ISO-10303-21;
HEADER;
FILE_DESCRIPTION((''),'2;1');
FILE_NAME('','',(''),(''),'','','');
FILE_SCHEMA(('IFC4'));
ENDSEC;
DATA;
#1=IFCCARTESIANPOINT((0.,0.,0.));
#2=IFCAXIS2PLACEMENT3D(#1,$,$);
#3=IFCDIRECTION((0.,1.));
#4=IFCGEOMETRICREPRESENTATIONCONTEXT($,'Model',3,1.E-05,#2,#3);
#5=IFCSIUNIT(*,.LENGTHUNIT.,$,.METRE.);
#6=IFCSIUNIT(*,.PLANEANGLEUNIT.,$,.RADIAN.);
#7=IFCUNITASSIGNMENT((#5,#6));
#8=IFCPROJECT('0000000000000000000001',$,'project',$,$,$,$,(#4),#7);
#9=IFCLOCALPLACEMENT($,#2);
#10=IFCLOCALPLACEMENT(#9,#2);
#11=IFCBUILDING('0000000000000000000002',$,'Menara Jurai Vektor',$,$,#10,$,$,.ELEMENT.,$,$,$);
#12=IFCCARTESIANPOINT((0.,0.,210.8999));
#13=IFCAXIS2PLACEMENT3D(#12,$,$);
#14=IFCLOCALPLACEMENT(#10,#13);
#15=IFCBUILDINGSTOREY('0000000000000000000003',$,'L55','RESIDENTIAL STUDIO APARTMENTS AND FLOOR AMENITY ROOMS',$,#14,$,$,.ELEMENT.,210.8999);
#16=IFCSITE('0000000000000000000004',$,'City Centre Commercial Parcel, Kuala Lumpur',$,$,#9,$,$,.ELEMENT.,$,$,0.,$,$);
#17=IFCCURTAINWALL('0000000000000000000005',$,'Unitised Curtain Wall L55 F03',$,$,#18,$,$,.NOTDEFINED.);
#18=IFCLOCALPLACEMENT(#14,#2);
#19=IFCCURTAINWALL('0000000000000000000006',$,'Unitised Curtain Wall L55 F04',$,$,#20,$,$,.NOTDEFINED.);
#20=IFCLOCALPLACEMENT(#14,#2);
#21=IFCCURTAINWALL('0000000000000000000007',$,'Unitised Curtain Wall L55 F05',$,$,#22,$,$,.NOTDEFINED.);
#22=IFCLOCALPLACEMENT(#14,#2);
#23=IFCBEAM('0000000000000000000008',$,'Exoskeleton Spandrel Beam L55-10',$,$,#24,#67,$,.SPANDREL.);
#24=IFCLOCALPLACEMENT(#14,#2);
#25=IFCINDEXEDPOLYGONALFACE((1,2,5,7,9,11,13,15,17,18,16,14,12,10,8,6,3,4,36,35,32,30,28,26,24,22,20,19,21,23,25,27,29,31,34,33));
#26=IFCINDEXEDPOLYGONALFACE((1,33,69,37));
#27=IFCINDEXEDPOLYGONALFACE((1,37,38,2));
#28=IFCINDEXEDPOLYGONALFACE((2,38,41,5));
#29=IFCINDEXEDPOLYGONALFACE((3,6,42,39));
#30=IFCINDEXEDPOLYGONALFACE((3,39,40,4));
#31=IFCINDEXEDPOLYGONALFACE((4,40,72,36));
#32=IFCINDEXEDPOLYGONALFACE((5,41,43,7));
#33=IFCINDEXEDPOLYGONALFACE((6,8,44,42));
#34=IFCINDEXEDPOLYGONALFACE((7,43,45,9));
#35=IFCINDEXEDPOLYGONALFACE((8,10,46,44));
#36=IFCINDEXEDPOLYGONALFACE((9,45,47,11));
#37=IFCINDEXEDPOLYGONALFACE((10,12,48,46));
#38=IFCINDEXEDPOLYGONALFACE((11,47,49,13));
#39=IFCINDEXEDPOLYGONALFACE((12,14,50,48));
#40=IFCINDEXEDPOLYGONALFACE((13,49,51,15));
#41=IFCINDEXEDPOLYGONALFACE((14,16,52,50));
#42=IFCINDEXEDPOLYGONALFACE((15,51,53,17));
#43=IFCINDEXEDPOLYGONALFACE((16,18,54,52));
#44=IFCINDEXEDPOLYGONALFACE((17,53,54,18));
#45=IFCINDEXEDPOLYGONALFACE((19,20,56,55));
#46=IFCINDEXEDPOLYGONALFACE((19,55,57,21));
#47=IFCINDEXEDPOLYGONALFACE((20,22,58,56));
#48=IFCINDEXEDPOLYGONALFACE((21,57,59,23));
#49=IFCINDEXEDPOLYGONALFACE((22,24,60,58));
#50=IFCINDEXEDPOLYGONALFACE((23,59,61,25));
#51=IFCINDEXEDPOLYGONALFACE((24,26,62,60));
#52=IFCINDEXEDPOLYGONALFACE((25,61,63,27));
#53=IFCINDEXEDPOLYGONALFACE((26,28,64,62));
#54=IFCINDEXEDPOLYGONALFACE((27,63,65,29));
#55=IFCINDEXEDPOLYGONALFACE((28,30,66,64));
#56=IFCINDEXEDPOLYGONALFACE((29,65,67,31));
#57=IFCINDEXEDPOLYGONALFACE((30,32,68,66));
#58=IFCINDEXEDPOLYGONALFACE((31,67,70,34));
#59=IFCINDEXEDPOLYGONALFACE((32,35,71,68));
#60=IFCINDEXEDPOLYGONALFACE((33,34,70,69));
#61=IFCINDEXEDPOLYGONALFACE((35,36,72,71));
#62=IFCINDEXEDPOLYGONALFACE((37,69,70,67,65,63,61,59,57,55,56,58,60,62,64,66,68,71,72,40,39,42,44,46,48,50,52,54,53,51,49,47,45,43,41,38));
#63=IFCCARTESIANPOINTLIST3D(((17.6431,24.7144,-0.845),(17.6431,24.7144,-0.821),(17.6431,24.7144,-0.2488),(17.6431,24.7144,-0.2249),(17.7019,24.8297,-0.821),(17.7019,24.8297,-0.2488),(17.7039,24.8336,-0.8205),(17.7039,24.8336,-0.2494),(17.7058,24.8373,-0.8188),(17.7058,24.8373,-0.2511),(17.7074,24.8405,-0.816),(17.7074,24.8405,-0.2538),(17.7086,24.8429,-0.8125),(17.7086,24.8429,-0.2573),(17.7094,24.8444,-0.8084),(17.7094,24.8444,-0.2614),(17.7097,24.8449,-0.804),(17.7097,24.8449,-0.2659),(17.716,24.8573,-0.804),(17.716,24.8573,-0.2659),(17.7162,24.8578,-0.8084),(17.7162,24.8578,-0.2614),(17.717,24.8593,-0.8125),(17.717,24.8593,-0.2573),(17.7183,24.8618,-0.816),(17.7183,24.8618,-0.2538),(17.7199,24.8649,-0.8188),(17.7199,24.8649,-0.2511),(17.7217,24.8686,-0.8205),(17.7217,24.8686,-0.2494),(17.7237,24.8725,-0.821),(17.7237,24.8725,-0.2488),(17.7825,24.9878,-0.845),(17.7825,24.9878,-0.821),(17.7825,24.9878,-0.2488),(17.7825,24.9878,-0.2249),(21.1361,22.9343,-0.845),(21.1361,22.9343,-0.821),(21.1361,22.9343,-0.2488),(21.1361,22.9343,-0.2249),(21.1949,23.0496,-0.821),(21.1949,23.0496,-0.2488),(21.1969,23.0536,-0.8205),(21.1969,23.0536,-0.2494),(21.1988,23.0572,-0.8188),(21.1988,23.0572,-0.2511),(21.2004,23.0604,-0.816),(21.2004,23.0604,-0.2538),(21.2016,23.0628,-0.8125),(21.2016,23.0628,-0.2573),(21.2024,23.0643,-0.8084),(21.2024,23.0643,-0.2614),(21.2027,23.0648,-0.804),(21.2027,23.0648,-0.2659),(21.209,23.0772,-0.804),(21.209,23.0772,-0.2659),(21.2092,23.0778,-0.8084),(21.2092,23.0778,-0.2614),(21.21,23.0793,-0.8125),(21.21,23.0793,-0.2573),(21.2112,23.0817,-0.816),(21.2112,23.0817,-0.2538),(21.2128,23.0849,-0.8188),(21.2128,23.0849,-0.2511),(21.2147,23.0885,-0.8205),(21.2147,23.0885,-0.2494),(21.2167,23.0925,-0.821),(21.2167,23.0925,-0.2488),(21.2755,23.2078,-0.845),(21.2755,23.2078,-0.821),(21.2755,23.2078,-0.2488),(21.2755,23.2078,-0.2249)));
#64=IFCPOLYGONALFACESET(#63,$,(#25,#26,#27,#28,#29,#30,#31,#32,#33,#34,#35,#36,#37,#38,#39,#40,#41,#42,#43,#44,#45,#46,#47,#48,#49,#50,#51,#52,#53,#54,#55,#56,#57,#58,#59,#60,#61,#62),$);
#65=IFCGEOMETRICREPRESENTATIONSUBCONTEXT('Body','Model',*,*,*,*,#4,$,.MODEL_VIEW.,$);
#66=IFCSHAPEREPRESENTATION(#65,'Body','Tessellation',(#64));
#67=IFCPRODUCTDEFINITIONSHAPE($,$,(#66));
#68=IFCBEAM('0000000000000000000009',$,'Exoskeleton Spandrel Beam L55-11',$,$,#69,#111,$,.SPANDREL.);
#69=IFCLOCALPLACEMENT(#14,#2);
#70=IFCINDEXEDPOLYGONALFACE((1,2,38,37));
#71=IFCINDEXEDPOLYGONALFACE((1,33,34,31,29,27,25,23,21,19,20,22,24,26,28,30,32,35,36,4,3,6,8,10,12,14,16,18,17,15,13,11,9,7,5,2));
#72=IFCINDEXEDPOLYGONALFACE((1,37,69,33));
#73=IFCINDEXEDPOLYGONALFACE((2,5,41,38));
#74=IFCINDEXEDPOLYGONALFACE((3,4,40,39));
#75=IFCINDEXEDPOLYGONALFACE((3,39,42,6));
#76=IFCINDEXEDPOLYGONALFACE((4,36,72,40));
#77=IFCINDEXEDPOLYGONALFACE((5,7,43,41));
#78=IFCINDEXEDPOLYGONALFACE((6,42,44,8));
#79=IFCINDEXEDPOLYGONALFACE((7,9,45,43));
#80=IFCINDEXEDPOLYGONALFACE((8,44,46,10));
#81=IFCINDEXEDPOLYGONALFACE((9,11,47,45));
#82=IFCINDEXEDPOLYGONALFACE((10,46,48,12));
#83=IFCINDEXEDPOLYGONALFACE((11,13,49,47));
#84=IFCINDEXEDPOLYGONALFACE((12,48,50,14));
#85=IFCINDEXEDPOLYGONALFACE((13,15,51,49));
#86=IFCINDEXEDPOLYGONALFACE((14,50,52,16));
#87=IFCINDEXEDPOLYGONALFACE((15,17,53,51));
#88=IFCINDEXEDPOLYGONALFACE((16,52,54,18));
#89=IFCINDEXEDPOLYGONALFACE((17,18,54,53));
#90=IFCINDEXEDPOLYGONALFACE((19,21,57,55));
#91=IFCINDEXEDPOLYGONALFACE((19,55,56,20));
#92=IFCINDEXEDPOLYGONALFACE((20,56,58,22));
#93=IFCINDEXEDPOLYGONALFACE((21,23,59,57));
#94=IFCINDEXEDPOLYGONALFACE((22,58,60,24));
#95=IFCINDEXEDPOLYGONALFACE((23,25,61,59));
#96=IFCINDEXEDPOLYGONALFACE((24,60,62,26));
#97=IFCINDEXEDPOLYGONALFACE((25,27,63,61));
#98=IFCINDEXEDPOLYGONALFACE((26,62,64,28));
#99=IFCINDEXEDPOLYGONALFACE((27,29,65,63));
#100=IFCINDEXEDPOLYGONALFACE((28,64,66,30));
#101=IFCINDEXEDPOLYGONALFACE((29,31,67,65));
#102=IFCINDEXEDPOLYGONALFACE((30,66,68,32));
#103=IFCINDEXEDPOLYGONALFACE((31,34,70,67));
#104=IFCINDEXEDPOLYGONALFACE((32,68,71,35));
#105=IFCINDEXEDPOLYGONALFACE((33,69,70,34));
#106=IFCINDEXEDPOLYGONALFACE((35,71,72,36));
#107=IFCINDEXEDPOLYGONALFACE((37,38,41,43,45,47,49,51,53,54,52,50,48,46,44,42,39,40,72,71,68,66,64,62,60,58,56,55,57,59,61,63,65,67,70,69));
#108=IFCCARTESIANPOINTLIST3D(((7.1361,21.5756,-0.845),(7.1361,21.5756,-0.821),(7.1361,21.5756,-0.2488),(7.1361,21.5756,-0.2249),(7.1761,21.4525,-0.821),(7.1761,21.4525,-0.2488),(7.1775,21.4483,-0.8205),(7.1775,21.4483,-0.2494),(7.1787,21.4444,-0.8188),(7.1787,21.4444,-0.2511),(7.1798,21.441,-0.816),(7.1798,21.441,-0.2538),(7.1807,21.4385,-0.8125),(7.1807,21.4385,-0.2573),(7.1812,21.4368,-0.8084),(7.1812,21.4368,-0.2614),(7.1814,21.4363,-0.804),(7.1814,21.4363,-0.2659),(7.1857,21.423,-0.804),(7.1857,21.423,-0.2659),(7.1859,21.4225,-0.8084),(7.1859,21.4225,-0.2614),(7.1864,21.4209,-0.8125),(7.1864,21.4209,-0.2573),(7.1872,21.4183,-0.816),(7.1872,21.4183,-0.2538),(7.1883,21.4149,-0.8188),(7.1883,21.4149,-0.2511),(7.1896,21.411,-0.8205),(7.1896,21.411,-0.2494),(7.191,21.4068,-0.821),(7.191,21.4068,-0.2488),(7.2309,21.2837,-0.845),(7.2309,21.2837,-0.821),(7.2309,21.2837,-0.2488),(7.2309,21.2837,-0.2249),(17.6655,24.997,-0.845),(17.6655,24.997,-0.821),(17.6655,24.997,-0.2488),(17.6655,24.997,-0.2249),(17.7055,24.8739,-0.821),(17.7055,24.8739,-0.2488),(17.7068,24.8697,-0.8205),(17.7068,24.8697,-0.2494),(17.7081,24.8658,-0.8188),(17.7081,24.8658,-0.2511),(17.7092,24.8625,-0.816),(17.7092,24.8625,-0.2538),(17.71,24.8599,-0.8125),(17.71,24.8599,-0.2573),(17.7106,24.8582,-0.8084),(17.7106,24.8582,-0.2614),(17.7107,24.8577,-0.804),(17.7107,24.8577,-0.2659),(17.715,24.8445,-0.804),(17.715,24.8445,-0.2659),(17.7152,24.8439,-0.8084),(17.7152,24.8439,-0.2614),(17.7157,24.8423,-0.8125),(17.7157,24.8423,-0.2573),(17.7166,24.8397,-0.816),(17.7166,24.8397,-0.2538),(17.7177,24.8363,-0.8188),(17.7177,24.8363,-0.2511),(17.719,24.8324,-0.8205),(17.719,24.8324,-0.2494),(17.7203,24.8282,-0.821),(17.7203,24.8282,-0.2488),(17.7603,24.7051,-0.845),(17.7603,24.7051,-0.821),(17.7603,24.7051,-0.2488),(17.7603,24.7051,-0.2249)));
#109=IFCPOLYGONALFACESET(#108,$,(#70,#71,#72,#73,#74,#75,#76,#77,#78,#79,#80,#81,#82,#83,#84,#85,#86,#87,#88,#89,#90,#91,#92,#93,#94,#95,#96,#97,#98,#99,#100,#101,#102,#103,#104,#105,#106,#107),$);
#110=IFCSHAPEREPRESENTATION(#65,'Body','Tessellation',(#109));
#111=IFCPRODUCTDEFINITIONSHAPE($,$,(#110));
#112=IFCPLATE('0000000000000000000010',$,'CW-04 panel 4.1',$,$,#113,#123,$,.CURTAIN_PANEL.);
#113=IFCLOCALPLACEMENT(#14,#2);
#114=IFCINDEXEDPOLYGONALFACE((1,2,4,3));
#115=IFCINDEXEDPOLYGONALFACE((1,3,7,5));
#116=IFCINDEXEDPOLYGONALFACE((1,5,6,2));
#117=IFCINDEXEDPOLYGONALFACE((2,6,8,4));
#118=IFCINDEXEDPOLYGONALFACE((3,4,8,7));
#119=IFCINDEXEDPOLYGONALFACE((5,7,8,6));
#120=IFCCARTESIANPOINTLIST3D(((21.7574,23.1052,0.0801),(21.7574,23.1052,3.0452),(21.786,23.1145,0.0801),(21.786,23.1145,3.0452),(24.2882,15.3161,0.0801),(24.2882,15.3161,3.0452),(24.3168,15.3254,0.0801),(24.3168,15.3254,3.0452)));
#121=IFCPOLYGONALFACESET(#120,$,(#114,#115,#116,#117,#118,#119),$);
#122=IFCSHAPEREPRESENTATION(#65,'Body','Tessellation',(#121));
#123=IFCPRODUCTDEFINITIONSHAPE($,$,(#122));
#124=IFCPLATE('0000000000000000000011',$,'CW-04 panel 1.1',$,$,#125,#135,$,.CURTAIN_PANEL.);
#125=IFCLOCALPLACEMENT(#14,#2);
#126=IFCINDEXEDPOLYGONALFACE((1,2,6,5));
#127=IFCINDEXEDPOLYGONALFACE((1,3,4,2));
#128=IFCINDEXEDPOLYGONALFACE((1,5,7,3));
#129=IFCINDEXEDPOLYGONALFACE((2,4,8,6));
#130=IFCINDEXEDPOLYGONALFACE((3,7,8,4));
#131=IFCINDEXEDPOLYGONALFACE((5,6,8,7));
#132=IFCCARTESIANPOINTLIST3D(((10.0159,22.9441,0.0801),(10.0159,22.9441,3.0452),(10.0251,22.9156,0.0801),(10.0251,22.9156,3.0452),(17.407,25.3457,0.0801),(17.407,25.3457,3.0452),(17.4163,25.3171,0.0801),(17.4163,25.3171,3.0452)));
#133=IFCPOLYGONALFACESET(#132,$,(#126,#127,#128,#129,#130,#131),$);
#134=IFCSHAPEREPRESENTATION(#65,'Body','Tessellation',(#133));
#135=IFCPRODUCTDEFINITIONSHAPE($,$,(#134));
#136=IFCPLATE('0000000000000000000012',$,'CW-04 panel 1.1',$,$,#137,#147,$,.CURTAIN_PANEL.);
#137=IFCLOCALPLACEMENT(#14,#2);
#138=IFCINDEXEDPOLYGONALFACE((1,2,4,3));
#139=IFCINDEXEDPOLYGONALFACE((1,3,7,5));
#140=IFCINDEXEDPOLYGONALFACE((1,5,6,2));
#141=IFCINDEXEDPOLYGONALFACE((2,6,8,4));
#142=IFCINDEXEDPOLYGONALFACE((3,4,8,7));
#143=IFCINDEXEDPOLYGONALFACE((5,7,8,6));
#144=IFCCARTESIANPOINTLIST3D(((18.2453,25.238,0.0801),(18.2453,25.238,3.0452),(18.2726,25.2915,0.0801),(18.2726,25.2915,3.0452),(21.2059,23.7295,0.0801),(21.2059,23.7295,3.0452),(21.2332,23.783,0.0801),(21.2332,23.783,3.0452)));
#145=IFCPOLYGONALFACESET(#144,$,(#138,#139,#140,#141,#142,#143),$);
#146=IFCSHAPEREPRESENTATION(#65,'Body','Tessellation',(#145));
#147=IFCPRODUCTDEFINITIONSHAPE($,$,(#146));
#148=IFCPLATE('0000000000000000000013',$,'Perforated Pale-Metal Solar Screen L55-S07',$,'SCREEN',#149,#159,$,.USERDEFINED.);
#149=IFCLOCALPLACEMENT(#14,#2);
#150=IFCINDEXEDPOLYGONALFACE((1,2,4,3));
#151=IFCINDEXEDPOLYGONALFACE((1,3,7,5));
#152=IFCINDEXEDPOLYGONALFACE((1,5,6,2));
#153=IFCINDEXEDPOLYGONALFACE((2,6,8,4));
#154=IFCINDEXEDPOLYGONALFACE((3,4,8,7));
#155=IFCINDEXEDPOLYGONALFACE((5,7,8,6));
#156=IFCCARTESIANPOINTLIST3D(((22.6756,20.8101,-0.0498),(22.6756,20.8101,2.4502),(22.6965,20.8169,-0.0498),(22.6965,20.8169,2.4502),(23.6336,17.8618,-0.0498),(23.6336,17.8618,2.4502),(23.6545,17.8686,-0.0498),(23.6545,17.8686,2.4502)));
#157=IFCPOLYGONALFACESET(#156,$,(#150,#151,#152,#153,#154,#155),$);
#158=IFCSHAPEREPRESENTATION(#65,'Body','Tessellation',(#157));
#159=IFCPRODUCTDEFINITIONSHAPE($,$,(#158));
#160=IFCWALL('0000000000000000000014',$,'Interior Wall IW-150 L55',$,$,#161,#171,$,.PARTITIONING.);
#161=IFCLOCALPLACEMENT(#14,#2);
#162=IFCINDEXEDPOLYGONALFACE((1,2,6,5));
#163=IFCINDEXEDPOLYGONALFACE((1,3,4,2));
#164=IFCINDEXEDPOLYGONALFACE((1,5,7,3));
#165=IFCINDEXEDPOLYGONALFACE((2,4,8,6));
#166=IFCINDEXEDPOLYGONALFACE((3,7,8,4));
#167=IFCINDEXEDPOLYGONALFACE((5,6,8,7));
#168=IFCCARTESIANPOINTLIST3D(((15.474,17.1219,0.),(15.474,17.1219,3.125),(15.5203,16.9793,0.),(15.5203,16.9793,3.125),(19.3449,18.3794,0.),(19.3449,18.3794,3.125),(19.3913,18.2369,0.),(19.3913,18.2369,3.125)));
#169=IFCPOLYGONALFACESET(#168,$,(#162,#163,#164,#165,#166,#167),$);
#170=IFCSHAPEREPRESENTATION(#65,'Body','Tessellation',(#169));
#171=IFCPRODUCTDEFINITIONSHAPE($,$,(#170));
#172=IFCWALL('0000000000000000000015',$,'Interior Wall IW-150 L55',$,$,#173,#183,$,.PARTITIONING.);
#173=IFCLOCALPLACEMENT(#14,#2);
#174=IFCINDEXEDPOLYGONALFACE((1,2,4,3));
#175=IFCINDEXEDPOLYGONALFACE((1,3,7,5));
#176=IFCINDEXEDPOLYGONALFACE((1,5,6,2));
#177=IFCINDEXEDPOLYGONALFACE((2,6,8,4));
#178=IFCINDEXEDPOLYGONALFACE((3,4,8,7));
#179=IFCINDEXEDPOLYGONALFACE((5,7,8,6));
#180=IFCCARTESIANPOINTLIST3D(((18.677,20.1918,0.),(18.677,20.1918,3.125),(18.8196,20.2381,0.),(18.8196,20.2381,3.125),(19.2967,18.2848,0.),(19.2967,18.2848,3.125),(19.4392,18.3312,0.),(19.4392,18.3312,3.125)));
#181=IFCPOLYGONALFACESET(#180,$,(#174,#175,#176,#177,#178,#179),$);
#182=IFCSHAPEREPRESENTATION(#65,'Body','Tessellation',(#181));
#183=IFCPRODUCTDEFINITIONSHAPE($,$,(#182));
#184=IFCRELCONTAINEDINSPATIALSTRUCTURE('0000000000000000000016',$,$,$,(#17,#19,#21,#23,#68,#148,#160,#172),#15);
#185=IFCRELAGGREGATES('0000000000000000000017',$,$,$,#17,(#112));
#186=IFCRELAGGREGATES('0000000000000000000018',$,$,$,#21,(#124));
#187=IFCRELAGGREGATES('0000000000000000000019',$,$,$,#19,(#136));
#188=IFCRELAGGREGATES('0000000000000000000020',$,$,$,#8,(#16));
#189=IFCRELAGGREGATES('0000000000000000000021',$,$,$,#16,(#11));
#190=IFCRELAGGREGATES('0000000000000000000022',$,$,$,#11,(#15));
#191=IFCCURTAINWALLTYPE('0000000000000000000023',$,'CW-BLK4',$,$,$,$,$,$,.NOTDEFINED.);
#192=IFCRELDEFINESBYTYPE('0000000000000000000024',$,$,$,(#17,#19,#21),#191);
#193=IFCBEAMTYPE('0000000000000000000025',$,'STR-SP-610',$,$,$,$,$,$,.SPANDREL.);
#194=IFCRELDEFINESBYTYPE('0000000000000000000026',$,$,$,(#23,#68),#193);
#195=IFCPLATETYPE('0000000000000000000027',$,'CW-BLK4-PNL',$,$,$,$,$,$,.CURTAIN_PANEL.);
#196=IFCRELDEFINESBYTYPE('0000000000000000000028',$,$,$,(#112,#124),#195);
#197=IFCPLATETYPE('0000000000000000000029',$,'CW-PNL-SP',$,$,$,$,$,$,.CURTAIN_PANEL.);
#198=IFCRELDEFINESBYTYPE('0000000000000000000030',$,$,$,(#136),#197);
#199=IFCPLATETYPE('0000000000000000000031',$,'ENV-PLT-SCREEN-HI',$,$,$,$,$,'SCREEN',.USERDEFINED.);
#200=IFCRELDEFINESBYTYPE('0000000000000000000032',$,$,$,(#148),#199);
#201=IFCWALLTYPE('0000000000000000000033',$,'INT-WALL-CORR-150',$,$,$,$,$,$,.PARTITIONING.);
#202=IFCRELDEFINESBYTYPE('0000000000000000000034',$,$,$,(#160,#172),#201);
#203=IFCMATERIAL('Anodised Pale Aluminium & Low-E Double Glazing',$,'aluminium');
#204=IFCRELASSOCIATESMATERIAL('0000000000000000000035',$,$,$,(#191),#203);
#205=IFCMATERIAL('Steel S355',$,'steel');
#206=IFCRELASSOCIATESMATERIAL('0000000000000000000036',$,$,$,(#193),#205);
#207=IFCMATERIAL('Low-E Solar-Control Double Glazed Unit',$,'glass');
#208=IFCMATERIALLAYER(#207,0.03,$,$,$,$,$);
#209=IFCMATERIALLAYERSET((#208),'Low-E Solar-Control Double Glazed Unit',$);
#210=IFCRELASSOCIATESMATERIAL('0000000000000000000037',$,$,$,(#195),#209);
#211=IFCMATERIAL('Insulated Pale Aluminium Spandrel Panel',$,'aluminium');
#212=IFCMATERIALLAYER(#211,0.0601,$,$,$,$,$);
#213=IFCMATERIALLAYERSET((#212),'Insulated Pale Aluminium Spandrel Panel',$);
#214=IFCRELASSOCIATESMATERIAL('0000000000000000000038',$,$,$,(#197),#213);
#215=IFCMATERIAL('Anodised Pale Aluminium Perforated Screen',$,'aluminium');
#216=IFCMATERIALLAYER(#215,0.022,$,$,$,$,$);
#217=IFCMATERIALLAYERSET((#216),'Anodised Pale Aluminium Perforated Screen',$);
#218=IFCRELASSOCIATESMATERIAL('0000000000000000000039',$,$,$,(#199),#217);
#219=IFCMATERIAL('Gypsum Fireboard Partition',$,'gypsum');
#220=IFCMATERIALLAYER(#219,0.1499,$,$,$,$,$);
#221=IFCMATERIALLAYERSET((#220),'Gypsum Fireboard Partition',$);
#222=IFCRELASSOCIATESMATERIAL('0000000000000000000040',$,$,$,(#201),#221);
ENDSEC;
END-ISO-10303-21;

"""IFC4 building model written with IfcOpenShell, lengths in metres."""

from ifc_helpers import new_model, si_unit, direction, frame, frame_2d, origin, origin_2d, place, context, subcontext, project, spatial, rectangle, i_section, extrude, material, layer, layer_set, material_profile, profile_set, type_object, element, aggregate, save


model = new_model("IFC4")

# Units and contexts
model_context = context("Model", 3, precision=1e-05, world=origin(), true_north=direction((0.0, 1.0)))
body_context = subcontext(model_context, "Body", "Model", "MODEL_VIEW")
ifc_project = project(units=[si_unit("LENGTHUNIT", "METRE"), si_unit("PLANEANGLEUNIT", "RADIAN")], contexts=[model_context])

# Site, building, storey
site_placement = place(None, origin())
site = spatial("IfcSite", under=ifc_project, at=site_placement, Name="City Centre Commercial Parcel, Kuala Lumpur", CompositionType="ELEMENT", RefElevation=0.0)
building_placement = place(site_placement, origin())
building = spatial("IfcBuilding", under=site, at=building_placement, Name="Menara Jurai Vektor", CompositionType="ELEMENT")
storey_placement = place(building_placement, frame((0.0, 0.0, 210.8999)))
storey = spatial("IfcBuildingStorey", under=building, at=storey_placement, Name="L55", Description="RESIDENTIAL STUDIO APARTMENTS AND FLOOR AMENITY ROOMS", CompositionType="ELEMENT", Elevation=210.8999)

# Curtain wall
ifc_material_1 = material(Name="Anodised Pale Aluminium & Low-E Double Glazing", Category="aluminium")
curtain_wall_type = type_object("IfcCurtainWallType", Name="CW-BLK4", PredefinedType="NOTDEFINED", material=ifc_material_1)
curtain_wall_1_placement = place(storey_placement, origin())
curtain_wall_1 = element("IfcCurtainWall", 1, at=curtain_wall_1_placement, inside=storey, type_object=curtain_wall_type, Name="Unitised Curtain Wall L55 F03", PredefinedType="NOTDEFINED")

# Curtain wall
curtain_wall_2_placement = place(storey_placement, origin())
curtain_wall_2 = element("IfcCurtainWall", 2, at=curtain_wall_2_placement, inside=storey, type_object=curtain_wall_type, Name="Unitised Curtain Wall L55 F04", PredefinedType="NOTDEFINED")

# Curtain wall
curtain_wall_3_placement = place(storey_placement, origin())
curtain_wall_3 = element("IfcCurtainWall", 3, at=curtain_wall_3_placement, inside=storey, type_object=curtain_wall_type, Name="Unitised Curtain Wall L55 F05", PredefinedType="NOTDEFINED")

# Shared definitions
ifc_material_2 = material(Name="Steel S355", Category="steel")

# Beams
ifc_material_profile_1 = material_profile(ifc_material_2, i_section(OverallWidth=0.3069, OverallDepth=0.6201, WebThickness=0.0139, FlangeThickness=0.0239, FilletRadius=0.0171, at=origin_2d()), Name="UKB 610x305x179")
ifc_profile_set_1 = profile_set([ifc_material_profile_1], Name="Steel S355")
beam_type_1 = type_object("IfcBeamType", Name="STR-SP-610", PredefinedType="SPANDREL", material=ifc_profile_set_1)
beam_1_placement = place(storey_placement, frame((21.2058, 23.071, -0.5349), z_axis=(-0.890976, 0.454051, 0.0), x_axis=(-0.454051, -0.890976, 0.0)))
element("IfcBeam", 4, at=beam_1_placement, inside=storey, type_object=beam_type_1, Name="Exoskeleton Spandrel Beam L55-10", PredefinedType="SPANDREL", context=body_context, shape_type="SweptSolid", body=[
    extrude(i_section(OverallWidth=0.3069, OverallDepth=0.6201, WebThickness=0.0139, FlangeThickness=0.0239, FilletRadius=0.0171, at=origin_2d()), origin(), (0.0, 0.0, 1.0), 3.9204),
])
beam_2_placement = place(storey_placement, frame((17.7129, 24.8511, -0.5349), z_axis=(-0.951051, -0.309034, 0.0), x_axis=(0.309034, -0.951051, 0.0)))
element("IfcBeam", 5, at=beam_2_placement, inside=storey, type_object=beam_type_1, Name="Exoskeleton Spandrel Beam L55-11", PredefinedType="SPANDREL", context=body_context, shape_type="SweptSolid", body=[
    extrude(i_section(OverallWidth=0.3069, OverallDepth=0.6201, WebThickness=0.0139, FlangeThickness=0.0239, FilletRadius=0.0171, at=origin_2d()), origin(), (0.0, 0.0, 1.0), 11.0713),
])

# Plates
ifc_material_3 = material(Name="Low-E Solar-Control Double Glazed Unit", Category="glass")
ifc_layer_1 = layer(ifc_material_3, 0.03)
ifc_layer_set_1 = layer_set([ifc_layer_1], Name="Low-E Solar-Control Double Glazed Unit")
plate_type_1 = type_object("IfcPlateType", Name="CW-BLK4-PNL", PredefinedType="CURTAIN_PANEL", material=ifc_layer_set_1)
plate_1_placement = place(storey_placement, frame((23.0371, 19.2153, 0.0801), z_axis=(0.0, 0.0, 1.0), x_axis=(-0.309016, 0.951057, 0.0)))
plate_1 = element("IfcPlate", 6, at=plate_1_placement, type_object=plate_type_1, Name="CW-04 panel 4.1", PredefinedType="CURTAIN_PANEL", context=body_context, shape_type="SweptSolid", body=[
    extrude(rectangle(XDim=8.1899, YDim=0.03, at=origin_2d()), origin(), (0.0, 0.0, 1.0), 2.9651),
])
aggregate(curtain_wall_1, [plate_1])
plate_2_placement = place(storey_placement, frame((13.7161, 24.1306, 0.0801), z_axis=(0.0, 0.0, 1.0), x_axis=(-0.951056, -0.309017, 0.0)))
plate_2 = element("IfcPlate", 7, at=plate_2_placement, type_object=plate_type_1, Name="CW-04 panel 1.1", PredefinedType="CURTAIN_PANEL", context=body_context, shape_type="SweptSolid", body=[
    extrude(rectangle(XDim=7.7715, YDim=0.03, at=origin_2d()), origin(), (0.0, 0.0, 1.0), 2.9651),
])
aggregate(curtain_wall_3, [plate_2])
ifc_material_4 = material(Name="Insulated Pale Aluminium Spandrel Panel", Category="aluminium")
ifc_layer_2 = layer(ifc_material_4, 0.0601)
ifc_layer_set_2 = layer_set([ifc_layer_2], Name="Insulated Pale Aluminium Spandrel Panel")
plate_type_2 = type_object("IfcPlateType", Name="CW-PNL-SP", PredefinedType="CURTAIN_PANEL", material=ifc_layer_set_2)
plate_3_placement = place(storey_placement, frame((19.7393, 24.5105, 0.0801), z_axis=(0.0, 0.0, 1.0), x_axis=(-0.891008, 0.453989, 0.0)))
plate_3 = element("IfcPlate", 8, at=plate_3_placement, type_object=plate_type_2, Name="CW-04 panel 1.1", PredefinedType="CURTAIN_PANEL", context=body_context, shape_type="SweptSolid", body=[
    extrude(rectangle(XDim=3.3228, YDim=0.0601, at=origin_2d()), origin(), (0.0, 0.0, 1.0), 2.9651),
])
aggregate(curtain_wall_2, [plate_3])
ifc_material_5 = material(Name="Anodised Pale Aluminium Perforated Screen", Category="aluminium")
ifc_layer_3 = layer(ifc_material_5, 0.022)
ifc_layer_set_3 = layer_set([ifc_layer_3], Name="Anodised Pale Aluminium Perforated Screen")
plate_type_3 = type_object("IfcPlateType", Name="ENV-PLT-SCREEN-HI", ElementType="SCREEN", PredefinedType="USERDEFINED", material=ifc_layer_set_3)
plate_4_placement = place(storey_placement, frame((23.165, 19.3394, -0.0498), z_axis=(0.0, 0.0, 1.0), x_axis=(-0.309017, 0.951057, 0.0)))
element("IfcPlate", 9, at=plate_4_placement, inside=storey, type_object=plate_type_3, Name="Perforated Pale-Metal Solar Screen L55-S07", ObjectType="SCREEN", PredefinedType="USERDEFINED", context=body_context, shape_type="SweptSolid", body=[
    extrude(rectangle(XDim=3.1001, YDim=0.022, at=origin_2d()), origin(), (0.0, 0.0, 1.0), 2.5),
])

# Shared definitions
ifc_material_6 = material(Name="Gypsum Fireboard Partition", Category="gypsum")
ifc_layer_4 = layer(ifc_material_6, 0.1499)
ifc_layer_set_4 = layer_set([ifc_layer_4], Name="Gypsum Fireboard Partition")
wall_type_1 = type_object("IfcWallType", Name="INT-WALL-CORR-150", PredefinedType="PARTITIONING", material=ifc_layer_set_4)

# Wall
wall_1_placement = place(storey_placement, frame((15.4971, 17.0505, 0.0), z_axis=(0.0, 0.0, 1.0), x_axis=(0.951067, 0.308984, 0.0)))
element("IfcWall", 10, at=wall_1_placement, inside=storey, type_object=wall_type_1, Name="Interior Wall IW-150 L55", PredefinedType="PARTITIONING", context=body_context, shape_type="SweptSolid", body=[
    extrude(rectangle(XDim=4.0701, YDim=0.1499, at=frame_2d((2.0352, 0.0))), origin(), (0.0, 0.0, 1.0), 3.125),
])

# Wall
wall_2_placement = place(storey_placement, frame((19.3679, 18.3081, 0.0), z_axis=(0.0, 0.0, 1.0), x_axis=(-0.309023, 0.951055, 0.0)))
element("IfcWall", 11, at=wall_2_placement, inside=storey, type_object=wall_type_1, Name="Interior Wall IW-150 L55", PredefinedType="PARTITIONING", context=body_context, shape_type="SweptSolid", body=[
    extrude(rectangle(XDim=2.0051, YDim=0.1499, at=frame_2d((1.0024, 0.0))), origin(), (0.0, 0.0, 1.0), 3.125),
])

save(model, "model.ifc")
